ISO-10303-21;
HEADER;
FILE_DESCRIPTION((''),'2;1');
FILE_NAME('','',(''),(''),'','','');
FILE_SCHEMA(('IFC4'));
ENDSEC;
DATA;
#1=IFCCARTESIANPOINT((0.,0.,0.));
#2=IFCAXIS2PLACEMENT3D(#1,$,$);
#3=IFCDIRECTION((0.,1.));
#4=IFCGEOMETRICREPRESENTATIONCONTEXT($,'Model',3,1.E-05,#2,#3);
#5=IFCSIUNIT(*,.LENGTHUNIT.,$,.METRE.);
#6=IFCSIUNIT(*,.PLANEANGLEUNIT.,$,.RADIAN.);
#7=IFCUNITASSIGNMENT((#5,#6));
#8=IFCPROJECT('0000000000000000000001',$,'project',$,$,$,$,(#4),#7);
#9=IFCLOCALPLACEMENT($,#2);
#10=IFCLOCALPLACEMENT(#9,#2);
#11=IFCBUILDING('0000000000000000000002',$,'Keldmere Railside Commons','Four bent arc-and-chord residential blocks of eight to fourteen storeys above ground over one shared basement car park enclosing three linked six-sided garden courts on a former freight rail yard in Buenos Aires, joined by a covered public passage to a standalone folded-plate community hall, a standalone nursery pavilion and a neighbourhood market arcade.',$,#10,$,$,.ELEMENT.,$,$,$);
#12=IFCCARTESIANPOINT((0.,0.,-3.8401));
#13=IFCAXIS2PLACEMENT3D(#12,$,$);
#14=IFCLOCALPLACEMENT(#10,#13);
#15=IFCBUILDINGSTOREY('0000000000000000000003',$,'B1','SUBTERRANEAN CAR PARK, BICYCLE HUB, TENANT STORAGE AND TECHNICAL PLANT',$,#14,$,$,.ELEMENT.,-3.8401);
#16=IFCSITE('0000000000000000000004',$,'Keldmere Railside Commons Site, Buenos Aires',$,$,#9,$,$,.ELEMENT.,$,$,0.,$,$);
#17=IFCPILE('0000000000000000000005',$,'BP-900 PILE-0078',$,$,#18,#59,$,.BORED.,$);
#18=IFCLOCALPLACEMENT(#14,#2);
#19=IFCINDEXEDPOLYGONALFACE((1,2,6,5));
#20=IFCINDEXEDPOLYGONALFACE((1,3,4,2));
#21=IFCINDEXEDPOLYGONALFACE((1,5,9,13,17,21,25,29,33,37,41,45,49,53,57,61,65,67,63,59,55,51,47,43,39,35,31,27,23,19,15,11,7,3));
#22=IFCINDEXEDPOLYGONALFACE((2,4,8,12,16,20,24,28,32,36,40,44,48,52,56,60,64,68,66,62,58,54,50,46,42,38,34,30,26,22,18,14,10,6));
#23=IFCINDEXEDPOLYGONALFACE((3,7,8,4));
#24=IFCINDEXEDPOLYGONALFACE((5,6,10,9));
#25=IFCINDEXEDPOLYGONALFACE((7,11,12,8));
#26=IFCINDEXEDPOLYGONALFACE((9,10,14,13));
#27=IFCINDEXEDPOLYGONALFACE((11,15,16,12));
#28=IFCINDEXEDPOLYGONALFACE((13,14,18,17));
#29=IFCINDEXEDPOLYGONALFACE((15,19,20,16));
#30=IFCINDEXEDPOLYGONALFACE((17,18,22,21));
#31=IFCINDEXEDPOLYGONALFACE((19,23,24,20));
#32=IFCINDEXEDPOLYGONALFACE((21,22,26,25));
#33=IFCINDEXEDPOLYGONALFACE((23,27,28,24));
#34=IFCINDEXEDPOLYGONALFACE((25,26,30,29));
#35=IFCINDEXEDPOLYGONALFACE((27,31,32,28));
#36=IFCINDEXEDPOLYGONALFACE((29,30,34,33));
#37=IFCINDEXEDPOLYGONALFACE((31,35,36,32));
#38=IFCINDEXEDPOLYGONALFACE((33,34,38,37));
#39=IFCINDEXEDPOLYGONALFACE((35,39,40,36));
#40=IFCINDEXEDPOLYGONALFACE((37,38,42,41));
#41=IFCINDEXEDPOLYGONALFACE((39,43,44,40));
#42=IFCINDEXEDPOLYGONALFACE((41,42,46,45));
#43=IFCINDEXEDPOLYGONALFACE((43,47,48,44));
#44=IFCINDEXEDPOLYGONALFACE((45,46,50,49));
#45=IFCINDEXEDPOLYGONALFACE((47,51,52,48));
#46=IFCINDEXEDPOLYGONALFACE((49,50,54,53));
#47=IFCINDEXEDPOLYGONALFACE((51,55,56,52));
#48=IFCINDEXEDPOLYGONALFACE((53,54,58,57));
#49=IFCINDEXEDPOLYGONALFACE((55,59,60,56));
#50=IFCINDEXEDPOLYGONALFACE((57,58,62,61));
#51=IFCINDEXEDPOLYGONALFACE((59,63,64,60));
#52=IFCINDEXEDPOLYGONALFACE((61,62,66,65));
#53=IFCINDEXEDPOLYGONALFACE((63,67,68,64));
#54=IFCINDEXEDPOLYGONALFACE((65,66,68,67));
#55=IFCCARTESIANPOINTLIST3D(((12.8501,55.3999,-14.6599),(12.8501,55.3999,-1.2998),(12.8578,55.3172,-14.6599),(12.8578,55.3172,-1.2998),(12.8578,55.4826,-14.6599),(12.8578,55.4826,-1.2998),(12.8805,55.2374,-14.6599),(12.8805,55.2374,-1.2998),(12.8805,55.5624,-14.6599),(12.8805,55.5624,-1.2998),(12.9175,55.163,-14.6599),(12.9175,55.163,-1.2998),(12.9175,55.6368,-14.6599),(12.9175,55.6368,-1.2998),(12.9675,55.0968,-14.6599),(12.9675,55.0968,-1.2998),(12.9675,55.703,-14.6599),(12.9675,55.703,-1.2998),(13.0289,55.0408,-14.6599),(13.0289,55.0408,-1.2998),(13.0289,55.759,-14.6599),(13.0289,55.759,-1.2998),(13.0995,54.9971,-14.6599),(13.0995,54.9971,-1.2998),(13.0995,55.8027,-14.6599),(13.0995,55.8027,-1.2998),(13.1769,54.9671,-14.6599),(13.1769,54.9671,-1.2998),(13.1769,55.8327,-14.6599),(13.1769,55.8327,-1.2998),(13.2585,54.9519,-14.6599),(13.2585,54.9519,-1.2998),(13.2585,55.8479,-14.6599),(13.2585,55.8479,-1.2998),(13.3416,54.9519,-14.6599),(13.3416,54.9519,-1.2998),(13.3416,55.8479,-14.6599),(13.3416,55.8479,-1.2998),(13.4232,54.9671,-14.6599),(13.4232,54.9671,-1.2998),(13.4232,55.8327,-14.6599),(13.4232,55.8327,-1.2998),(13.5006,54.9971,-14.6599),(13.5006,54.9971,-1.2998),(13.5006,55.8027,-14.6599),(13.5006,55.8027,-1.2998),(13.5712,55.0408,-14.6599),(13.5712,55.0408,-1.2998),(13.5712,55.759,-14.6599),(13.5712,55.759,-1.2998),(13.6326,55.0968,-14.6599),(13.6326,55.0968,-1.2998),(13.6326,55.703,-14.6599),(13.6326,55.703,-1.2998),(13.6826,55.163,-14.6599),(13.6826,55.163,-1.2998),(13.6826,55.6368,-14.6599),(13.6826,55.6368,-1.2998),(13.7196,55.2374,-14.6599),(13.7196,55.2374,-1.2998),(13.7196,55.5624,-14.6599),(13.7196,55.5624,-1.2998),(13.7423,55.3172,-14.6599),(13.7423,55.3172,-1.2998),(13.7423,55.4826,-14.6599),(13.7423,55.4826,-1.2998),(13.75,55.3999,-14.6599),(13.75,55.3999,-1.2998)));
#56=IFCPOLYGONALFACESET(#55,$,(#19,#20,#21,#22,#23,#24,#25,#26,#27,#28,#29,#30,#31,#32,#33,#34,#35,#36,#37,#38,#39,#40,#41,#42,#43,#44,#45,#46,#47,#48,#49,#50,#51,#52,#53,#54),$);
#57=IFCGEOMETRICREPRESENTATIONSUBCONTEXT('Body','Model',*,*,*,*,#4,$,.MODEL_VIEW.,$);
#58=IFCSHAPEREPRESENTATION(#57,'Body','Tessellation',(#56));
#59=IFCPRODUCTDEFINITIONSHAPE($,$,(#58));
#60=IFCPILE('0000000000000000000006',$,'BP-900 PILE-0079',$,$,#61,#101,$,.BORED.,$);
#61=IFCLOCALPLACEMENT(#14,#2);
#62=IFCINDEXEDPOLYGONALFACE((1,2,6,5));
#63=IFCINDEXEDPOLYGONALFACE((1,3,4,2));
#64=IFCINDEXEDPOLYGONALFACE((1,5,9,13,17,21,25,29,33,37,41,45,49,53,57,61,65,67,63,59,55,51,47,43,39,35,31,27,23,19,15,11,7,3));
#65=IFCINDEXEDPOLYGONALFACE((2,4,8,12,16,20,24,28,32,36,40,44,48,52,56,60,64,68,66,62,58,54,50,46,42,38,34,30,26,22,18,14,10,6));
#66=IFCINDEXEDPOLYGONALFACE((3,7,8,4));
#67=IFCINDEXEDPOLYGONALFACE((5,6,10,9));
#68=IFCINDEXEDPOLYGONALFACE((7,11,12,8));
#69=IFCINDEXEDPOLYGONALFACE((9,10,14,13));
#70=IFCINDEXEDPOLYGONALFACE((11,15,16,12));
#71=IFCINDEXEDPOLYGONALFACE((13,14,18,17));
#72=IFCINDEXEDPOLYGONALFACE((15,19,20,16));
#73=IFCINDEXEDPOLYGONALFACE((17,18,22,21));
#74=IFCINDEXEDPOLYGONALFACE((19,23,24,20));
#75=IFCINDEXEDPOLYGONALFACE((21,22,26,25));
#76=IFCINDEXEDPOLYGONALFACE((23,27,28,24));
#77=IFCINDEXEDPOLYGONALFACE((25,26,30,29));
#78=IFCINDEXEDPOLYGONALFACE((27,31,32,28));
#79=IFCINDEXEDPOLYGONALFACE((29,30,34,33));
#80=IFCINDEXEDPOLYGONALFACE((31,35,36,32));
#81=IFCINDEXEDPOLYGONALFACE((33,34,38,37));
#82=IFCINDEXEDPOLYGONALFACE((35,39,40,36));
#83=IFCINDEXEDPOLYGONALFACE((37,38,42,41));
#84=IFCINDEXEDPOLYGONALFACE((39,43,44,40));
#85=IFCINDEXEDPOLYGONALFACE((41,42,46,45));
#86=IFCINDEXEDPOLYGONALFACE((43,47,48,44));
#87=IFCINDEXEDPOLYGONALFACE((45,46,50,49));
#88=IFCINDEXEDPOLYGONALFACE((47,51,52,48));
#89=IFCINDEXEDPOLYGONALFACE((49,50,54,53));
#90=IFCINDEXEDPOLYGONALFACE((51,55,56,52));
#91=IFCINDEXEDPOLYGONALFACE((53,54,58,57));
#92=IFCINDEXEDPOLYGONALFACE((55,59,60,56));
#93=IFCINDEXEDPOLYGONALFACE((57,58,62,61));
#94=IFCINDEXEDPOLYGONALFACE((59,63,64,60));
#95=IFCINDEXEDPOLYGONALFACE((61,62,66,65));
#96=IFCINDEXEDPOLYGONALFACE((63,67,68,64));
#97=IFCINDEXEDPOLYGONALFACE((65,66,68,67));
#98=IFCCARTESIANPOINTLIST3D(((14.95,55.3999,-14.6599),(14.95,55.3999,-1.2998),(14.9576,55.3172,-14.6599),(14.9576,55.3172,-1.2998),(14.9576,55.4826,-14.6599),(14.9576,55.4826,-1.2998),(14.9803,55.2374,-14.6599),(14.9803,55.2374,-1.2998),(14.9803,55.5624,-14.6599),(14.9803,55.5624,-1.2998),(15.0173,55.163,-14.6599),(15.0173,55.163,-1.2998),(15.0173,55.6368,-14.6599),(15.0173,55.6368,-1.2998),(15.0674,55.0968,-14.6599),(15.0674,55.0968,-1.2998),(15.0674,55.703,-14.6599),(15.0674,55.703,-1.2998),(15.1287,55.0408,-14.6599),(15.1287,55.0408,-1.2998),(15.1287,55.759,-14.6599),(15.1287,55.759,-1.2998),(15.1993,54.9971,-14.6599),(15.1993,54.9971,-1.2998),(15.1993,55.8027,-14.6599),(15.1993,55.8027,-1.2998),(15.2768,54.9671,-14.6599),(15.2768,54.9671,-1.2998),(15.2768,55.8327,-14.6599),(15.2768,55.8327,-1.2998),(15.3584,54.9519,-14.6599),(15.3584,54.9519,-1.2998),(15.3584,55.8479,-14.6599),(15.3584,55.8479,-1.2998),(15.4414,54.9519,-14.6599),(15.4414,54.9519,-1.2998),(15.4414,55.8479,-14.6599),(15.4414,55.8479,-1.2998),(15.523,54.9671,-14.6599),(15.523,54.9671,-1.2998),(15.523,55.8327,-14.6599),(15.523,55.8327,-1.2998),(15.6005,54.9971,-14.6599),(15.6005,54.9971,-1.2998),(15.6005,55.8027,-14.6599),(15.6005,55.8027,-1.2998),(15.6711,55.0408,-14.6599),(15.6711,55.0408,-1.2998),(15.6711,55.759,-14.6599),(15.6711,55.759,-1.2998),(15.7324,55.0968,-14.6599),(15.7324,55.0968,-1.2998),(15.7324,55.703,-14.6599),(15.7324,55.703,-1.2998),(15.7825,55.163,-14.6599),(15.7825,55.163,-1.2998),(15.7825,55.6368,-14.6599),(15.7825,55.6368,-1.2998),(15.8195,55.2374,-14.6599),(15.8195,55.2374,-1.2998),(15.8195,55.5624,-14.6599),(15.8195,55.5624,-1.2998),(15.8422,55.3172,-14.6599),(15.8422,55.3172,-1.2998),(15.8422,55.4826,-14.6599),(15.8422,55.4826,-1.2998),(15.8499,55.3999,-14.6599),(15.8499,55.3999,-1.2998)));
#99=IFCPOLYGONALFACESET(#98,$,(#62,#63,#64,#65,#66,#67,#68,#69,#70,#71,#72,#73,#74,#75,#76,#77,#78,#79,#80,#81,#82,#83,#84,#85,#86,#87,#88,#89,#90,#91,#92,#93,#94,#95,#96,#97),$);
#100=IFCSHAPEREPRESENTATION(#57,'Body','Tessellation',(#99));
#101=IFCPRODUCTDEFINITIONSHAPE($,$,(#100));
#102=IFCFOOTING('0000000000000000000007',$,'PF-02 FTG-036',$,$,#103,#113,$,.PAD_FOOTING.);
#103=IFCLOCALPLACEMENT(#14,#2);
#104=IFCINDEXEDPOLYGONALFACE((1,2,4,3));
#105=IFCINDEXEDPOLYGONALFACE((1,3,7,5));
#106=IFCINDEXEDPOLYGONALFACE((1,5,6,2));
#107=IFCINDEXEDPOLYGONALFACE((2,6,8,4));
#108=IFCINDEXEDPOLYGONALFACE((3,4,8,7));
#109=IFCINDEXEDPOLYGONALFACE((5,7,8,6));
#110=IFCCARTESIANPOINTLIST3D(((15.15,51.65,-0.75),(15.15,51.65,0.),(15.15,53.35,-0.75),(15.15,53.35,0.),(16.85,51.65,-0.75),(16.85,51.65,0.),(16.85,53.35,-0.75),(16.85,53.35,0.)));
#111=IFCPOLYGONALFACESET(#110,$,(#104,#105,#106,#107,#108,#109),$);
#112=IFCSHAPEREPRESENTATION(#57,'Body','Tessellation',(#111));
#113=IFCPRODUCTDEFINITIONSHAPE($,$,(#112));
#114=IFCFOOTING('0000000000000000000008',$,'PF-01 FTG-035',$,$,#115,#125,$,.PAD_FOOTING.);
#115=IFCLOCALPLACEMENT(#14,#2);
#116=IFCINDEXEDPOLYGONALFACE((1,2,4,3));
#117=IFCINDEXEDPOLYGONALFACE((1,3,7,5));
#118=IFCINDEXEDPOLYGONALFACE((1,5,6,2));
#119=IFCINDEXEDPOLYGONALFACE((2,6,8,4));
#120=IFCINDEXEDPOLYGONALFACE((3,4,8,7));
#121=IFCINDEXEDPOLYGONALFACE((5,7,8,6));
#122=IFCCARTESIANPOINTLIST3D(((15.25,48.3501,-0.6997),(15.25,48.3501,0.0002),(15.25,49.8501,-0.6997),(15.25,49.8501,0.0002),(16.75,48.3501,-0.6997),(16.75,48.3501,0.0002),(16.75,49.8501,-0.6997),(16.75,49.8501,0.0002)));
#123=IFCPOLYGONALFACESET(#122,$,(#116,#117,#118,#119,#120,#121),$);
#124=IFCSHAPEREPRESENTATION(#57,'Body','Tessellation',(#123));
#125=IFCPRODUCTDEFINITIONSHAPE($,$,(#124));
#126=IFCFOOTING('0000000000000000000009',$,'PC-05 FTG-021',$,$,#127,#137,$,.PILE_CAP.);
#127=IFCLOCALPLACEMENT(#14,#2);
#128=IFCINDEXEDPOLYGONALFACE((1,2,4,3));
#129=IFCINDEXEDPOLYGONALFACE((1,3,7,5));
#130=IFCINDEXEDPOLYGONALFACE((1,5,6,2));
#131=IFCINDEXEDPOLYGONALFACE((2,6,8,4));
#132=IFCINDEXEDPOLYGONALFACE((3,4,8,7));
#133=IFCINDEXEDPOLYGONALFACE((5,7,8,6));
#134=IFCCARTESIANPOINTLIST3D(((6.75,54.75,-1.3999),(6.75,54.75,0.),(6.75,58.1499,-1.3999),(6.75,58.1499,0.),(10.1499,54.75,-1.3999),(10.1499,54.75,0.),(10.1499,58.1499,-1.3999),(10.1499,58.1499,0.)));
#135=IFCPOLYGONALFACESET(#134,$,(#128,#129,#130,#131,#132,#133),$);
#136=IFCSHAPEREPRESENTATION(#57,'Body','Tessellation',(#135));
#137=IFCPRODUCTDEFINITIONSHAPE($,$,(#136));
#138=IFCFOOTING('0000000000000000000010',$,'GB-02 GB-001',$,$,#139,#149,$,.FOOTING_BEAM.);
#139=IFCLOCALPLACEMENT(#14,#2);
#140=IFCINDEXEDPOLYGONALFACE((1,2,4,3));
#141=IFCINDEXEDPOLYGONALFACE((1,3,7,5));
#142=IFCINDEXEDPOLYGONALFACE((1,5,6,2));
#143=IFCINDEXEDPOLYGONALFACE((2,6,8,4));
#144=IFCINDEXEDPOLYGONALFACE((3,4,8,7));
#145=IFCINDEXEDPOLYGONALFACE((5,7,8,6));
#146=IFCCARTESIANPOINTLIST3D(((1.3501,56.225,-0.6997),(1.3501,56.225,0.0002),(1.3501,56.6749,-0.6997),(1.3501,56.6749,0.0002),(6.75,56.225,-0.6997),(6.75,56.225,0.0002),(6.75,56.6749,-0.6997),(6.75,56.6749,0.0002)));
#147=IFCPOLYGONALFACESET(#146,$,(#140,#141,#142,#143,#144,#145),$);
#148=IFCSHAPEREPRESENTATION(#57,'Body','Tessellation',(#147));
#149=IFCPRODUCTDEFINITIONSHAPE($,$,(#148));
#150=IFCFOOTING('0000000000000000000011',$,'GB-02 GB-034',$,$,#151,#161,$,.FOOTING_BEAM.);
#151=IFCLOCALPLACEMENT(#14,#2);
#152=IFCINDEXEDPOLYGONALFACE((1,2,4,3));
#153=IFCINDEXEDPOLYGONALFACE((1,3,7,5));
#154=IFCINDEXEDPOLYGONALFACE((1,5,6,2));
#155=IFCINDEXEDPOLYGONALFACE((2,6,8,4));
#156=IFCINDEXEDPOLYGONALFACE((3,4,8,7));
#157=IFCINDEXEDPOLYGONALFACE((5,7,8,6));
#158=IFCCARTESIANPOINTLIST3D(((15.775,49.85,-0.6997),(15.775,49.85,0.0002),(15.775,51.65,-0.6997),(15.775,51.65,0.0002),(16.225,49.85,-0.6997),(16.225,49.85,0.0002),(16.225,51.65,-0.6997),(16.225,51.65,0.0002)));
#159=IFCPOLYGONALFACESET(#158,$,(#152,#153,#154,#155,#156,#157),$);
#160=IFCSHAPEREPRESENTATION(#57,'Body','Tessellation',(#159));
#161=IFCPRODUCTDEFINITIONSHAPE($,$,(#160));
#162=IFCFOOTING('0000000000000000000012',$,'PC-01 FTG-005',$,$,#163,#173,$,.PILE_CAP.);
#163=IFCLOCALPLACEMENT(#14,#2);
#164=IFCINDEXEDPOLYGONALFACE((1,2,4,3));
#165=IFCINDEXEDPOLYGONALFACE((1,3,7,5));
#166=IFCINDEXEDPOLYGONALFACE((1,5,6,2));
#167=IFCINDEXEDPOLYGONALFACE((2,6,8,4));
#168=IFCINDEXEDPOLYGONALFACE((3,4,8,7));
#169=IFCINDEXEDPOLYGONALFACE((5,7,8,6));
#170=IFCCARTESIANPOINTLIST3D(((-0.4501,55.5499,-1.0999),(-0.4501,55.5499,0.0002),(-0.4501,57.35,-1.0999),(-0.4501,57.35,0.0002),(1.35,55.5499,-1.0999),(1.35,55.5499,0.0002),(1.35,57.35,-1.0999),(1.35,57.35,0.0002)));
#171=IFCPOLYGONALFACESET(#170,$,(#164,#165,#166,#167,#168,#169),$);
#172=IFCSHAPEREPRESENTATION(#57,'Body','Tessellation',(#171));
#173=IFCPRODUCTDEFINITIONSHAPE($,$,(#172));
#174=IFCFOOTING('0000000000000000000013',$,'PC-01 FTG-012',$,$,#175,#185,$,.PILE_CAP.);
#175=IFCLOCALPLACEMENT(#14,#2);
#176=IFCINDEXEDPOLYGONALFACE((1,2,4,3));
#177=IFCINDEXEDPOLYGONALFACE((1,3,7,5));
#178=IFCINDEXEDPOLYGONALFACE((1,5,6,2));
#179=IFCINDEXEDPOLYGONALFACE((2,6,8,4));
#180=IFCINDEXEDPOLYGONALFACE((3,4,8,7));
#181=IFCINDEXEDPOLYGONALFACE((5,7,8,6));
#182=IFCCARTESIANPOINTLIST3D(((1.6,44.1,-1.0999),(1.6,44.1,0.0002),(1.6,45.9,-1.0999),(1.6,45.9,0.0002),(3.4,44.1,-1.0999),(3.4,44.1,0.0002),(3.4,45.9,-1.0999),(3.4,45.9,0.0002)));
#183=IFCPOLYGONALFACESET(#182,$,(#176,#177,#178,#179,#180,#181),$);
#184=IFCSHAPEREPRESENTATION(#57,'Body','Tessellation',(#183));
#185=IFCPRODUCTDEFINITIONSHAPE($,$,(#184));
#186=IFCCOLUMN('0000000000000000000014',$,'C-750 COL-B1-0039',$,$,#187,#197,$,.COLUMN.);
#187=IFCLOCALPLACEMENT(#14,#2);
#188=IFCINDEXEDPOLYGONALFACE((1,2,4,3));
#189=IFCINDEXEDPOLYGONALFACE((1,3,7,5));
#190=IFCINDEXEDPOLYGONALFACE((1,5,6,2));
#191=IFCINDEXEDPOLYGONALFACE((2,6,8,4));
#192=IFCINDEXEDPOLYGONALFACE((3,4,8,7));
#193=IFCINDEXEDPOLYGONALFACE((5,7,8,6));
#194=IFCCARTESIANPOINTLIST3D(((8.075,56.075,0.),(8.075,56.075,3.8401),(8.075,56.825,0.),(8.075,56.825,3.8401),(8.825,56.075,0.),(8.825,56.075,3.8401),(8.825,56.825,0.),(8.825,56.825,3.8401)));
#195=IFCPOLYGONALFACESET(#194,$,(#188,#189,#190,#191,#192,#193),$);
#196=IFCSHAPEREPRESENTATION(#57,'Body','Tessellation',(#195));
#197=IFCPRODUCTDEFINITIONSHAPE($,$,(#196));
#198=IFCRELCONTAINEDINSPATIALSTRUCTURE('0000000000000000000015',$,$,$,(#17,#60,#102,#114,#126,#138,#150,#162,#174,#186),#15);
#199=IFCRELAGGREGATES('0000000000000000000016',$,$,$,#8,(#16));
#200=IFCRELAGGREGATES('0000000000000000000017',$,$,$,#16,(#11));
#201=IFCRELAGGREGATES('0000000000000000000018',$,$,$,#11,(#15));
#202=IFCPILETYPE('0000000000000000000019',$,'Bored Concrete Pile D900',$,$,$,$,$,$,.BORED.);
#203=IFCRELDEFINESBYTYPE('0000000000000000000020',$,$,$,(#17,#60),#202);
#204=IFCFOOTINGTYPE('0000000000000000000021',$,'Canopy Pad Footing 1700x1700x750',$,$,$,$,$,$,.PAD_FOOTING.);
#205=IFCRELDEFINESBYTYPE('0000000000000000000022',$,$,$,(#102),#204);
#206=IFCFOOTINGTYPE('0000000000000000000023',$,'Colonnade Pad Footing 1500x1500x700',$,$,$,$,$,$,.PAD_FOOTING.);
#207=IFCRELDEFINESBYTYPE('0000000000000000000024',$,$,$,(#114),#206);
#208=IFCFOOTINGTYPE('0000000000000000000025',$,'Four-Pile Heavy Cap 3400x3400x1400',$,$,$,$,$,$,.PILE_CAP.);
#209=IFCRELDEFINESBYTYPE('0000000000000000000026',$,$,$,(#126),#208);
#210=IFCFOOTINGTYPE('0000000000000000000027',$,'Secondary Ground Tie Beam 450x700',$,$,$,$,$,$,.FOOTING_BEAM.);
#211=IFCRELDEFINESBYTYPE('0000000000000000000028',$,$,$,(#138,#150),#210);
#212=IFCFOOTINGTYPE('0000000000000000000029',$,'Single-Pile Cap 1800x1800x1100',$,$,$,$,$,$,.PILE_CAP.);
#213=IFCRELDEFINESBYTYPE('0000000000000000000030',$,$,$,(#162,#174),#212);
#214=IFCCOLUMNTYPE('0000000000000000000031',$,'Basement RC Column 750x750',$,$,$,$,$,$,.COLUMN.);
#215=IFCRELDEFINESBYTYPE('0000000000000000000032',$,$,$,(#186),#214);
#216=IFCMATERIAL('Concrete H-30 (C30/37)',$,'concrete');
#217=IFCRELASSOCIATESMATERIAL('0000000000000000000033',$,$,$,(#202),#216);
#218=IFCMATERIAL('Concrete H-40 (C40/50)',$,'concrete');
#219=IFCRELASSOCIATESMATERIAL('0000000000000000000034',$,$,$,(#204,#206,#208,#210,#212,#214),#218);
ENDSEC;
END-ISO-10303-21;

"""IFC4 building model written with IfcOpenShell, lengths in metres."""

from ifc_helpers import new_model, si_unit, direction, frame, origin, origin_2d, place, context, subcontext, project, spatial, rectangle, circle, extrude, material, material_profile, profile_set, type_object, element, save


model = new_model("IFC4")

# Units and contexts
model_context = context("Model", 3, precision=1e-05, world=origin(), true_north=direction((0.0, 1.0)))
body_context = subcontext(model_context, "Body", "Model", "MODEL_VIEW")
ifc_project = project(units=[si_unit("LENGTHUNIT", "METRE"), si_unit("PLANEANGLEUNIT", "RADIAN")], contexts=[model_context])

# Site, building, storey
site_placement = place(None, origin())
site = spatial("IfcSite", under=ifc_project, at=site_placement, Name="Keldmere Railside Commons Site, Buenos Aires", CompositionType="ELEMENT", RefElevation=0.0)
building_placement = place(site_placement, origin())
building = spatial("IfcBuilding", under=site, at=building_placement, Name="Keldmere Railside Commons", Description="Four bent arc-and-chord residential blocks of eight to fourteen storeys above ground over one shared basement car park enclosing three linked six-sided garden courts on a former freight rail yard in Buenos Aires, joined by a covered public passage to a standalone folded-plate community hall, a standalone nursery pavilion and a neighbourhood market arcade.", CompositionType="ELEMENT")
storey_placement = place(building_placement, frame((0.0, 0.0, -3.8401)))
storey = spatial("IfcBuildingStorey", under=building, at=storey_placement, Name="B1", Description="SUBTERRANEAN CAR PARK, BICYCLE HUB, TENANT STORAGE AND TECHNICAL PLANT", CompositionType="ELEMENT", Elevation=-3.8401)

# Piles
ifc_material_1 = material(Name="Concrete H-30 (C30/37)", Category="concrete")
ifc_material_profile_1 = material_profile(ifc_material_1, circle(Radius=0.45, at=origin_2d()), Name="PILE-D900")
ifc_profile_set_1 = profile_set([ifc_material_profile_1], Name="Concrete H-30 (C30/37)")
pile_type_1 = type_object("IfcPileType", Name="Bored Concrete Pile D900", PredefinedType="BORED", material=ifc_profile_set_1)
for number, where, z_axis, x_axis, name in (
    (1, (13.3, 55.3999, -1.2998), (0.0, 0.0, -1.0), (1.0, 0.0, 0.0), "BP-900 PILE-0078"),
    (2, (15.3999, 55.3999, -1.2998), (0.0, 0.0, -1.0), (1.0, 0.0, 0.0), "BP-900 PILE-0079"),
):
    element("IfcPile", number, at=place(storey_placement, frame(where, z_axis=z_axis, x_axis=x_axis)), inside=storey, type_object=pile_type_1, Name=name, PredefinedType="BORED", context=body_context, shape_type="SweptSolid", body=[
        extrude(circle(Radius=0.45, at=origin_2d()), origin(), (0.0, 0.0, 1.0), 13.3601),
    ])

# Footings
ifc_material_2 = material(Name="Concrete H-40 (C40/50)", Category="concrete")
footing_type_1 = type_object("IfcFootingType", Name="Canopy Pad Footing 1700x1700x750", PredefinedType="PAD_FOOTING", material=ifc_material_2)
footing_1_placement = place(storey_placement, frame((16.0, 52.5, -0.75), z_axis=(0.0, 0.0, 1.0), x_axis=(1.0, 0.0, 0.0)))
element("IfcFooting", 3, at=footing_1_placement, inside=storey, type_object=footing_type_1, Name="PF-02 FTG-036", PredefinedType="PAD_FOOTING", context=body_context, shape_type="SweptSolid", body=[
    extrude(rectangle(XDim=1.7, YDim=1.7, at=origin_2d()), origin(), (0.0, 0.0, 1.0), 0.75),
])
footing_type_2 = type_object("IfcFootingType", Name="Colonnade Pad Footing 1500x1500x700", PredefinedType="PAD_FOOTING", material=ifc_material_2)
footing_2_placement = place(storey_placement, frame((16.0, 49.1001, -0.6997), z_axis=(0.0, 0.0, 1.0), x_axis=(1.0, 0.0, 0.0)))
element("IfcFooting", 4, at=footing_2_placement, inside=storey, type_object=footing_type_2, Name="PF-01 FTG-035", PredefinedType="PAD_FOOTING", context=body_context, shape_type="SweptSolid", body=[
    extrude(rectangle(XDim=1.5, YDim=1.5, at=origin_2d()), origin(), (0.0, 0.0, 1.0), 0.7),
])
footing_type_3 = type_object("IfcFootingType", Name="Four-Pile Heavy Cap 3400x3400x1400", PredefinedType="PILE_CAP", material=ifc_material_2)
footing_3_placement = place(storey_placement, frame((8.45, 56.45, -1.3999), z_axis=(0.0, 0.0, 1.0), x_axis=(1.0, 0.0, 0.0)))
element("IfcFooting", 5, at=footing_3_placement, inside=storey, type_object=footing_type_3, Name="PC-05 FTG-021", PredefinedType="PILE_CAP", context=body_context, shape_type="SweptSolid", body=[
    extrude(rectangle(XDim=3.3999, YDim=3.3999, at=origin_2d()), origin(), (0.0, 0.0, 1.0), 1.3999),
])
footing_type_4 = type_object("IfcFootingType", Name="Secondary Ground Tie Beam 450x700", PredefinedType="FOOTING_BEAM", material=ifc_material_2)
footing_4_placement = place(storey_placement, frame((4.05, 56.45, -0.6997), z_axis=(0.0, 0.0, 1.0), x_axis=(1.0, 0.0, 0.0)))
element("IfcFooting", 6, at=footing_4_placement, inside=storey, type_object=footing_type_4, Name="GB-02 GB-001", PredefinedType="FOOTING_BEAM", context=body_context, shape_type="SweptSolid", body=[
    extrude(rectangle(XDim=5.3999, YDim=0.45, at=origin_2d()), origin(), (0.0, 0.0, 1.0), 0.7),
])
footing_5_placement = place(storey_placement, frame((16.0, 50.75, -0.6997), z_axis=(0.0, 0.0, 1.0), x_axis=(0.0, 1.0, 0.0)))
element("IfcFooting", 7, at=footing_5_placement, inside=storey, type_object=footing_type_4, Name="GB-02 GB-034", PredefinedType="FOOTING_BEAM", context=body_context, shape_type="SweptSolid", body=[
    extrude(rectangle(XDim=1.8, YDim=0.45, at=origin_2d()), origin(), (0.0, 0.0, 1.0), 0.7),
])
footing_type_5 = type_object("IfcFootingType", Name="Single-Pile Cap 1800x1800x1100", PredefinedType="PILE_CAP", material=ifc_material_2)
for number, where, z_axis, x_axis, name in (
    (8, (0.45, 56.45, -1.0999), (0.0, 0.0, 1.0), (1.0, 0.0, 0.0), "PC-01 FTG-005"),
    (9, (2.5, 45.0, -1.0999), (0.0, 0.0, 1.0), (1.0, 0.0, 0.0), "PC-01 FTG-012"),
):
    element("IfcFooting", number, at=place(storey_placement, frame(where, z_axis=z_axis, x_axis=x_axis)), inside=storey, type_object=footing_type_5, Name=name, PredefinedType="PILE_CAP", context=body_context, shape_type="SweptSolid", body=[
        extrude(rectangle(XDim=1.8, YDim=1.8, at=origin_2d()), origin(), (0.0, 0.0, 1.0), 1.1001),
    ])

# Column
ifc_material_profile_2 = material_profile(ifc_material_2, rectangle(XDim=0.75, YDim=0.75, at=origin_2d()), Name="RC-750x750")
ifc_profile_set_2 = profile_set([ifc_material_profile_2], Name="Concrete H-40 (C40/50)")
column_type_1 = type_object("IfcColumnType", Name="Basement RC Column 750x750", PredefinedType="COLUMN", material=ifc_profile_set_2)
column_placement = place(storey_placement, frame((8.45, 56.45, 0.0), z_axis=(0.0, 0.0, 1.0), x_axis=(1.0, 0.0, 0.0)))
element("IfcColumn", 10, at=column_placement, inside=storey, type_object=column_type_1, Name="C-750 COL-B1-0039", PredefinedType="COLUMN", context=body_context, shape_type="SweptSolid", body=[
    extrude(rectangle(XDim=0.75, YDim=0.75, at=origin_2d()), origin(), (0.0, 0.0, 1.0), 3.8401),
])

save(model, "model.ifc")
